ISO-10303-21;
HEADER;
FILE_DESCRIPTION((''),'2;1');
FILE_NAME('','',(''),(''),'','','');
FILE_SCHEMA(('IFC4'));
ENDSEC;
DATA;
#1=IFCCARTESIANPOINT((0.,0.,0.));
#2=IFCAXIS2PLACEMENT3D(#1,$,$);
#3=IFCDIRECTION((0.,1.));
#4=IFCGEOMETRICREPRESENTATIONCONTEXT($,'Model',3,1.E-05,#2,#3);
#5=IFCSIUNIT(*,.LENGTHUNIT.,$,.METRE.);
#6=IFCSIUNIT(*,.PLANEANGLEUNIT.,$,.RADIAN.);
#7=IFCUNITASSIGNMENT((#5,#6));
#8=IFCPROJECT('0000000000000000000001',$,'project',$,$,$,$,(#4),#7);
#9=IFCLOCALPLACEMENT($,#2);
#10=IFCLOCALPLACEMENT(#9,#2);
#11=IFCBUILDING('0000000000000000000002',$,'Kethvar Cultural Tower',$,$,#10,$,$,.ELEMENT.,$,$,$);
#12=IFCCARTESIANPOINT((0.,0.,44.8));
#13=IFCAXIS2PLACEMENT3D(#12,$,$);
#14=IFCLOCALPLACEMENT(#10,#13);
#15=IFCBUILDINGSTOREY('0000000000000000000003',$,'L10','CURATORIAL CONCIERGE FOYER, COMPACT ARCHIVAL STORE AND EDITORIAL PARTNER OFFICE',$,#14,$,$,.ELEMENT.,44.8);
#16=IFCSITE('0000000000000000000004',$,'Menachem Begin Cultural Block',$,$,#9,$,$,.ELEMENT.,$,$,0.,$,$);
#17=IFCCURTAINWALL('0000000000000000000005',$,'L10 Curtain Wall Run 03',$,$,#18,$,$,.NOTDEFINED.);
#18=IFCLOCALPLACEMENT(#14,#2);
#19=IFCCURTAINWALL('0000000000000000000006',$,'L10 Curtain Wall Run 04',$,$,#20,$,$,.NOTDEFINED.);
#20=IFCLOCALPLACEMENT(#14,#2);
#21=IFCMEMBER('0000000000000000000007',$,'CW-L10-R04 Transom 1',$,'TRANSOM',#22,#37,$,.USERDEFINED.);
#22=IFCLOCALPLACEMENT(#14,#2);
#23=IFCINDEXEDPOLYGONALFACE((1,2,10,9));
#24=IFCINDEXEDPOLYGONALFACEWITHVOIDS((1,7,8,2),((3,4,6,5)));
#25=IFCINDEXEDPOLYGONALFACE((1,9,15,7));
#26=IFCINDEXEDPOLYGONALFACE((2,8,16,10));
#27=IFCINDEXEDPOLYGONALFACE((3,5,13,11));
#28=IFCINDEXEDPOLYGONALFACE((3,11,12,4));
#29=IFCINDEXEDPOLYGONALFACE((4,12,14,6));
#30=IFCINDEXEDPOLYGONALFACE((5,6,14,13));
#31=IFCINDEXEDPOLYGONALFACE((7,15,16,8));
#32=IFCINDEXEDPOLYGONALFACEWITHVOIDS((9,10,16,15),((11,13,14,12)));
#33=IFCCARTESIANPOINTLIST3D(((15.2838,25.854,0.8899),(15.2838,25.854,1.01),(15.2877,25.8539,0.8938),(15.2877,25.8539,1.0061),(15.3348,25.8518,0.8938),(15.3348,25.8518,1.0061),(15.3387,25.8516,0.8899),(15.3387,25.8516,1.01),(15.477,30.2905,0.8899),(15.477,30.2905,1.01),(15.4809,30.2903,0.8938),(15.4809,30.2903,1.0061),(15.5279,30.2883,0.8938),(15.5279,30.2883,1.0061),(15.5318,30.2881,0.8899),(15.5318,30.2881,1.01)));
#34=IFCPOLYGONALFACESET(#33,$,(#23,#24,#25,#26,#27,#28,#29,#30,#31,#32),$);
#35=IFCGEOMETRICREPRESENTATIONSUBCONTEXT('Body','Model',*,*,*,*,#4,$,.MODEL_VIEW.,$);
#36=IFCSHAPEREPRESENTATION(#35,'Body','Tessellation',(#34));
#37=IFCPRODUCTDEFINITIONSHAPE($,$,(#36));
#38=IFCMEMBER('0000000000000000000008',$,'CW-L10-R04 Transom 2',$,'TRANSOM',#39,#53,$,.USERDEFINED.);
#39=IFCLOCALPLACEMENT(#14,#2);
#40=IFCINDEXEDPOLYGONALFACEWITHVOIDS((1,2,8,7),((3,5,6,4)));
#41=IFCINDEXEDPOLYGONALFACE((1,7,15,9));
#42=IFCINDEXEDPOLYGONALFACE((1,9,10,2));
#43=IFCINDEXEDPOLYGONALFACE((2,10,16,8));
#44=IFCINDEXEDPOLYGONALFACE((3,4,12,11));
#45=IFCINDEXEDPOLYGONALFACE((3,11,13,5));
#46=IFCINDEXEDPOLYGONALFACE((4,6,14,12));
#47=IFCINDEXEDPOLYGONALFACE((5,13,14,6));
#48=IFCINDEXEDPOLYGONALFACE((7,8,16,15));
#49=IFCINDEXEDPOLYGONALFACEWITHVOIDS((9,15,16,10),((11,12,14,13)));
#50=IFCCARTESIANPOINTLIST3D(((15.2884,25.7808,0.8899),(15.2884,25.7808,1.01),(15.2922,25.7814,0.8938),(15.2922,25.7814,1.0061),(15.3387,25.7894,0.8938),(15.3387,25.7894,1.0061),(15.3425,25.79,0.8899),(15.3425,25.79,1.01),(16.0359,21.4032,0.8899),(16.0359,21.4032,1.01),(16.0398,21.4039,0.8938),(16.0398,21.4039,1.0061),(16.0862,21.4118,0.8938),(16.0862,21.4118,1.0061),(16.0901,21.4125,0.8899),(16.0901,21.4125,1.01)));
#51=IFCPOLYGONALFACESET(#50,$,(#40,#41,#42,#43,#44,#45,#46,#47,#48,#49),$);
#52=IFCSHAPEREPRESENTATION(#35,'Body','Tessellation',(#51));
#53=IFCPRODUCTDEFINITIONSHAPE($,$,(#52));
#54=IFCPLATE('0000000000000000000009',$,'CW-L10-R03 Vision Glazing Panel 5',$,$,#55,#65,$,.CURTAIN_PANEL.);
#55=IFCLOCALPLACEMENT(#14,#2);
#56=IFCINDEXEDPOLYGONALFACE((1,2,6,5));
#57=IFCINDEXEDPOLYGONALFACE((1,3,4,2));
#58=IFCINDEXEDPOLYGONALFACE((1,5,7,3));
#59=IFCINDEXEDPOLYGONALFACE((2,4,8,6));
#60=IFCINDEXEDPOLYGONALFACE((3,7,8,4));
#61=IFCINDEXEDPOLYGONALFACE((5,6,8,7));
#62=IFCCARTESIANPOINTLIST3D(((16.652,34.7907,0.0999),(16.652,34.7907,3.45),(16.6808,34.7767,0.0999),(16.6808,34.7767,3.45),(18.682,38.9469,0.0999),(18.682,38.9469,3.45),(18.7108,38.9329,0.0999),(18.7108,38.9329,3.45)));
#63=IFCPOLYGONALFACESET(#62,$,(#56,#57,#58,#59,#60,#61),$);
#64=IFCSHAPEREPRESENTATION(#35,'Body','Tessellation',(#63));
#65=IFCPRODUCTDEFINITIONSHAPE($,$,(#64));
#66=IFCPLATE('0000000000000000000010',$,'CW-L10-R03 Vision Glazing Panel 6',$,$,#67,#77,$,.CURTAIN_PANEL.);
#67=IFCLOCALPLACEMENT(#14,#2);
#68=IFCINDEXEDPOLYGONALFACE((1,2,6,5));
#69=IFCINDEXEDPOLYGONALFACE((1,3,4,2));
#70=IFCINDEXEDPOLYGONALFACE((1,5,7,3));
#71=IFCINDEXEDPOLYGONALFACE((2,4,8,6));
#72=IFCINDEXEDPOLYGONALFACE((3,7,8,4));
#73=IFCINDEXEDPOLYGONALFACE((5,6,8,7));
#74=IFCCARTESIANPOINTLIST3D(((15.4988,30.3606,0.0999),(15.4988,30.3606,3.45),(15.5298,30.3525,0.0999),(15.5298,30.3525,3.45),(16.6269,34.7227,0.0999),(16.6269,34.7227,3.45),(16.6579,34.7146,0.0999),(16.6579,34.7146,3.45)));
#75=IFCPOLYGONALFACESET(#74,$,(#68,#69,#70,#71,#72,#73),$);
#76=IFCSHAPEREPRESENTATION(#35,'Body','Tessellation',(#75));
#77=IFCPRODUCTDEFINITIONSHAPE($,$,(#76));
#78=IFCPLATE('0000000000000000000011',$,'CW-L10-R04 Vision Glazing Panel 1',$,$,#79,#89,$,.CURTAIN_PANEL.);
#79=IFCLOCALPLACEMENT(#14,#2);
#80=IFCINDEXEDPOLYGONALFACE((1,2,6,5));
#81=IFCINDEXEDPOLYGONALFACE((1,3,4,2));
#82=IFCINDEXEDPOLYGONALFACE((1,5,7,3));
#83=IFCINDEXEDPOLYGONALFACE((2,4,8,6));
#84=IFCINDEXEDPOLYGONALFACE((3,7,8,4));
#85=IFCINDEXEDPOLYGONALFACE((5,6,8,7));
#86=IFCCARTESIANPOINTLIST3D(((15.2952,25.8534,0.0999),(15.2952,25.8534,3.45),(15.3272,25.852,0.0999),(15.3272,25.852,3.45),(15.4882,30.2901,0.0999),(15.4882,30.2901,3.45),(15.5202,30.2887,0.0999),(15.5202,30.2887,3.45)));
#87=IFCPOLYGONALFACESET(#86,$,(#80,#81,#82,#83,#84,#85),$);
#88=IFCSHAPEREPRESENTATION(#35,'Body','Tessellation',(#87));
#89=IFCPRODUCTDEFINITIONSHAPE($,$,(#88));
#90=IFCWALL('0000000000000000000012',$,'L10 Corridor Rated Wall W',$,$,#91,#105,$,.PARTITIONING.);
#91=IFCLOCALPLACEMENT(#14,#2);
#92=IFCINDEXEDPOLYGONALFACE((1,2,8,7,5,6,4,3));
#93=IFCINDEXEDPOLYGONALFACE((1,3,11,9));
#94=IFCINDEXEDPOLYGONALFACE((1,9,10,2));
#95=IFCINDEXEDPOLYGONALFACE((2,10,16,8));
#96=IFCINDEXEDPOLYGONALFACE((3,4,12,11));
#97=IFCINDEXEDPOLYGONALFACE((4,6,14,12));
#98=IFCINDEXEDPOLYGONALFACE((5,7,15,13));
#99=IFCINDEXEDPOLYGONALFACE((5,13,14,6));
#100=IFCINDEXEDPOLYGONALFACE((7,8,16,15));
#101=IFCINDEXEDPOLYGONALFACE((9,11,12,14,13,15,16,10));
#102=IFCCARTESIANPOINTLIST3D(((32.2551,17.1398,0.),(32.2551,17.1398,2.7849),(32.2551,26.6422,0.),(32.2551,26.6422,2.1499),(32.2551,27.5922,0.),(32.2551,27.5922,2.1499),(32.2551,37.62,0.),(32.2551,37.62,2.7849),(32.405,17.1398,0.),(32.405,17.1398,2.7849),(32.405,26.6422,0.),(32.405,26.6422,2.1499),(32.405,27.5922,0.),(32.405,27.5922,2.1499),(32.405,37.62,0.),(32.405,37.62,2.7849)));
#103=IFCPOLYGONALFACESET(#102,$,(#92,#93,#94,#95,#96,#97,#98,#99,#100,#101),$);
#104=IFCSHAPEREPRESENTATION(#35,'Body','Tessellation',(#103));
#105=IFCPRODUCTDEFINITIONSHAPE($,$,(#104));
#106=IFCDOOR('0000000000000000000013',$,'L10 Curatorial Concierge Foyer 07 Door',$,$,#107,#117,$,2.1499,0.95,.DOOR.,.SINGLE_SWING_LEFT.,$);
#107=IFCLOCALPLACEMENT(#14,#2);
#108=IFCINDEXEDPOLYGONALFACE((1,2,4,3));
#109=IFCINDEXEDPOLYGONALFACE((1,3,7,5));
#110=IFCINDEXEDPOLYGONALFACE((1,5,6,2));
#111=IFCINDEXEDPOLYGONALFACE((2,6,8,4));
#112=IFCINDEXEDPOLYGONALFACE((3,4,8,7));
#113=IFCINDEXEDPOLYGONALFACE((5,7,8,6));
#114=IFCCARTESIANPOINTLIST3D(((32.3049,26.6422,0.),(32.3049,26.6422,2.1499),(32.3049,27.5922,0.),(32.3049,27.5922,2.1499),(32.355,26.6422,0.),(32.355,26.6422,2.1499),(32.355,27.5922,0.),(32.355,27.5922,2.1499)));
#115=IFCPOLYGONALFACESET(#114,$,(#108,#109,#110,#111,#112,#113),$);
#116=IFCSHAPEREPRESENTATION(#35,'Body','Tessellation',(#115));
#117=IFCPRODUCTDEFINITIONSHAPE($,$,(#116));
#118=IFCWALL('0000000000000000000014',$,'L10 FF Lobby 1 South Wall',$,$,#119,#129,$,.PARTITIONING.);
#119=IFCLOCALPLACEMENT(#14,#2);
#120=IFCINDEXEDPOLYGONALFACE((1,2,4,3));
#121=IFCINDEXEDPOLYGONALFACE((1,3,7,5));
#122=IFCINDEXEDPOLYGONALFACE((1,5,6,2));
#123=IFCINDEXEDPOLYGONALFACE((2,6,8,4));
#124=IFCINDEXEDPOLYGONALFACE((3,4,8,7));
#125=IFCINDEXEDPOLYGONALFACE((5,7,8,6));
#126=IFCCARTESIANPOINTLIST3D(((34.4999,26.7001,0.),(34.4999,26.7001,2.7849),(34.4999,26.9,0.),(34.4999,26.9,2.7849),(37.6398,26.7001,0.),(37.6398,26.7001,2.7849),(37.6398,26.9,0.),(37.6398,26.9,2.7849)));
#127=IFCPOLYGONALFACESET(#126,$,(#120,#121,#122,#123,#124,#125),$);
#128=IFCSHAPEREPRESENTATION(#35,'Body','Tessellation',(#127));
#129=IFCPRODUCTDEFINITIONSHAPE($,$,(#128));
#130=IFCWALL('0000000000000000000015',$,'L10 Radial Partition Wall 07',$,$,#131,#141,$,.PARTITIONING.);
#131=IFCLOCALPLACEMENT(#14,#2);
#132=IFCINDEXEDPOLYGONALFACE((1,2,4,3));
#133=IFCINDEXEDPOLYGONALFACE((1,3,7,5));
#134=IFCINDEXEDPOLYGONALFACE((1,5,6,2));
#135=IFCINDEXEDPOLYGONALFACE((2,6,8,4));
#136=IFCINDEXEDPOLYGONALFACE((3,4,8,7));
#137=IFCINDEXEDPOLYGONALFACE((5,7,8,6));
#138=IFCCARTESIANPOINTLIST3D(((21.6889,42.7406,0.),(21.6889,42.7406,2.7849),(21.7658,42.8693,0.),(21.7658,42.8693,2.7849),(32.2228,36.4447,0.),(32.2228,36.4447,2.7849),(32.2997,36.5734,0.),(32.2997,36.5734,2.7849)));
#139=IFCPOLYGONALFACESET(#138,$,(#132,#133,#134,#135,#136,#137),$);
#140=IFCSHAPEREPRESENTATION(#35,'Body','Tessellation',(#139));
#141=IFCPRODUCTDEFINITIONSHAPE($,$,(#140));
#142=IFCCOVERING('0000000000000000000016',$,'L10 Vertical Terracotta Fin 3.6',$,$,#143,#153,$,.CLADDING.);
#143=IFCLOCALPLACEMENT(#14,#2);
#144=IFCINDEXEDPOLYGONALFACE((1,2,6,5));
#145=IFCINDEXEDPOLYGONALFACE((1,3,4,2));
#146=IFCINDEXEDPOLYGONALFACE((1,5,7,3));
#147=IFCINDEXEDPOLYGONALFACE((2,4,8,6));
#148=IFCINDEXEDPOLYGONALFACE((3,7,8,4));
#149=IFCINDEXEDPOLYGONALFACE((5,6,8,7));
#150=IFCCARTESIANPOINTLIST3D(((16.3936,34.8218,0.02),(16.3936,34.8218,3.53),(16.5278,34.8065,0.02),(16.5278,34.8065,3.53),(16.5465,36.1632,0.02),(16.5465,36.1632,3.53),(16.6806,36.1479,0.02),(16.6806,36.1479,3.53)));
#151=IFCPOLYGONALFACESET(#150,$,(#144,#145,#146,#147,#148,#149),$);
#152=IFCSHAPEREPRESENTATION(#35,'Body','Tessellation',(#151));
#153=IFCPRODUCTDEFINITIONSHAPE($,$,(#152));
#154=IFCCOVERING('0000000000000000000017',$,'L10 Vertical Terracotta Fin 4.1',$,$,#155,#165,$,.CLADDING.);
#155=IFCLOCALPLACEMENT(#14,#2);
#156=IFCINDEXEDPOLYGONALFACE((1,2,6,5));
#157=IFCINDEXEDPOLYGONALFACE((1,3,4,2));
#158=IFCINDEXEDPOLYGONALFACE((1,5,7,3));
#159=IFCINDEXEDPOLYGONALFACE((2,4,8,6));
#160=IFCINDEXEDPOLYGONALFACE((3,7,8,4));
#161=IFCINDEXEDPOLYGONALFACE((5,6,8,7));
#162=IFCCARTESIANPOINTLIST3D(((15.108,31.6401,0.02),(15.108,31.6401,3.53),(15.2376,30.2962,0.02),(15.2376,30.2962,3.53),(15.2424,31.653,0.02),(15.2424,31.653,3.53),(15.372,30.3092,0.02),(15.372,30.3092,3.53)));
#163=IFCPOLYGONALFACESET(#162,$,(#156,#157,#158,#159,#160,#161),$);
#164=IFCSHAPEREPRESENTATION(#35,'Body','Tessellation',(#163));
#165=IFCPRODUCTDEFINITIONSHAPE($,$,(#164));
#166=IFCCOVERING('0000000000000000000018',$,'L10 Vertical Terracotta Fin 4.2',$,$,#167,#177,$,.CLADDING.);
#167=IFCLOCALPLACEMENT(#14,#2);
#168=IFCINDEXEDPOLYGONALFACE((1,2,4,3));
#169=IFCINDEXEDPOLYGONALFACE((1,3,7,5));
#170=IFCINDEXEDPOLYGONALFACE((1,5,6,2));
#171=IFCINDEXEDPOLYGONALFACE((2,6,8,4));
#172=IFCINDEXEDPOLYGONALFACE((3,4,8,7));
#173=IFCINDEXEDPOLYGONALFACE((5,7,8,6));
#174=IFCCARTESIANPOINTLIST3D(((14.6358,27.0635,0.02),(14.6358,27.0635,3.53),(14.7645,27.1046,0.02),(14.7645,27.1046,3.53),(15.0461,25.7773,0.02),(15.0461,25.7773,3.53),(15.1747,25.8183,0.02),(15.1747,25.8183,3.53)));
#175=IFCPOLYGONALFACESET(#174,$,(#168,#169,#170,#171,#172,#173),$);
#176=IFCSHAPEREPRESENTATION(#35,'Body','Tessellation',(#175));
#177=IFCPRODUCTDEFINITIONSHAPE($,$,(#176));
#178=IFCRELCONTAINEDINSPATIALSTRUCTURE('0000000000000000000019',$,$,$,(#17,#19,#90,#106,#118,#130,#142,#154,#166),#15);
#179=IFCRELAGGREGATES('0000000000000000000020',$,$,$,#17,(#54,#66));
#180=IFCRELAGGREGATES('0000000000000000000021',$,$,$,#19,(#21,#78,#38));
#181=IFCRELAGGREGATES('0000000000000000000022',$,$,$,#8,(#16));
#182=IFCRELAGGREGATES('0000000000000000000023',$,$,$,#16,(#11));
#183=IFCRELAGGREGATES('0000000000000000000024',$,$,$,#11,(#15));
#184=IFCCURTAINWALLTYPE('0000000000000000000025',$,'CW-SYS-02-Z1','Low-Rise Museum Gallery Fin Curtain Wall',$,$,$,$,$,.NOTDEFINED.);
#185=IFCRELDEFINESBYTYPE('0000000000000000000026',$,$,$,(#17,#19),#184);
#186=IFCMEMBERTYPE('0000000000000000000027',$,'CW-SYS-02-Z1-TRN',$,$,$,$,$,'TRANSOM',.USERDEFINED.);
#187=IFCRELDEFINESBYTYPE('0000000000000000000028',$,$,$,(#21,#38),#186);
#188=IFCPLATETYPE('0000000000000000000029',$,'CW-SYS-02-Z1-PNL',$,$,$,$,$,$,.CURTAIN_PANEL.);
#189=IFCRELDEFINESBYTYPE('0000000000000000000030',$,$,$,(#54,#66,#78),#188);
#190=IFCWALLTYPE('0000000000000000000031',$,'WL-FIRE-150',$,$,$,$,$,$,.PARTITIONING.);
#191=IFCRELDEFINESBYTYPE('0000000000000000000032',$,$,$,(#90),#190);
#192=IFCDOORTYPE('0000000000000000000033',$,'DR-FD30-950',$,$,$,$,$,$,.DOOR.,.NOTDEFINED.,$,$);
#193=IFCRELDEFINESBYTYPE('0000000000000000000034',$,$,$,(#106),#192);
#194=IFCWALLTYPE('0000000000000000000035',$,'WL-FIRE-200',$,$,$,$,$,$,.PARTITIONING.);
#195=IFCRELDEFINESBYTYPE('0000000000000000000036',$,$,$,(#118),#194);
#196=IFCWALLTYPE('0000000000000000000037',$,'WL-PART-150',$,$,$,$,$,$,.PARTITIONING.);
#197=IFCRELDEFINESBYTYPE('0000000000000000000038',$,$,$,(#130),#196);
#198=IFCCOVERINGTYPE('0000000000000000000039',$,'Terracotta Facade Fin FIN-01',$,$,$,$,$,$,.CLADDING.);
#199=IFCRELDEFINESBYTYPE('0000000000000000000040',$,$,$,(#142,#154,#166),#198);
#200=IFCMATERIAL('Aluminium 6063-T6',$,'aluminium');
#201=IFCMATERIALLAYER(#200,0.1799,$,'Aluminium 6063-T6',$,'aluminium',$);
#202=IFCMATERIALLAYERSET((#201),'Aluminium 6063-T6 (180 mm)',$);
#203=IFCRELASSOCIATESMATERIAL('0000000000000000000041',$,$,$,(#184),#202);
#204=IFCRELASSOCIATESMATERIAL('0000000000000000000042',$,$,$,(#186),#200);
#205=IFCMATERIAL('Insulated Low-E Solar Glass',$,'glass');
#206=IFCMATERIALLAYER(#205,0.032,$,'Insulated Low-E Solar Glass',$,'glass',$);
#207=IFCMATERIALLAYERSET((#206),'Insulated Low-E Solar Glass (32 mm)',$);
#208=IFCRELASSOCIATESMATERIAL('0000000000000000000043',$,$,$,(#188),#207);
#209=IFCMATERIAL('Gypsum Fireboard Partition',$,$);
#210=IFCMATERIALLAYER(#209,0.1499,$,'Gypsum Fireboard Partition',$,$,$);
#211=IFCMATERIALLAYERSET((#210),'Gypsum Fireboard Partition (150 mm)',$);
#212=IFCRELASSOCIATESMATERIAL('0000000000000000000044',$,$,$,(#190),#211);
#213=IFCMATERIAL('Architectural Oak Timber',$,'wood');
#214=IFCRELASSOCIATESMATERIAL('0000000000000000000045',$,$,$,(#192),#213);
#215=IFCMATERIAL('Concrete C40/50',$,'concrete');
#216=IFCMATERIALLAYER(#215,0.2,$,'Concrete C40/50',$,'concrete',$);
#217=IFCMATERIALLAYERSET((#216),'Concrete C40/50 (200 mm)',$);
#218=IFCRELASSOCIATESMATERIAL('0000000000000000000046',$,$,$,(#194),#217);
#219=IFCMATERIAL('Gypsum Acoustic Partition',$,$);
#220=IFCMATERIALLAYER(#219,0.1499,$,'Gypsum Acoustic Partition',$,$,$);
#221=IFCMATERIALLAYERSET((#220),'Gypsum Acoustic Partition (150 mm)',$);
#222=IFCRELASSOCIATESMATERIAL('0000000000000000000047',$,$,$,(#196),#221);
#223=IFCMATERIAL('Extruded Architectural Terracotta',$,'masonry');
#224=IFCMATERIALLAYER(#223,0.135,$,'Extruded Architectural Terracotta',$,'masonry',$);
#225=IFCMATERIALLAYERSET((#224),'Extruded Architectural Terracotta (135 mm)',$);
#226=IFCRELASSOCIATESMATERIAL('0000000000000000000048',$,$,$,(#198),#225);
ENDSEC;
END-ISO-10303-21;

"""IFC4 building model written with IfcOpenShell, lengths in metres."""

from ifc_helpers import new_model, si_unit, direction, frame, frame_2d, origin, origin_2d, place, context, subcontext, project, spatial, rectangle, hollow_rectangle, extrude, source, transform, mapped, material, layer, layer_set, material_profile, profile_set, type_object, element, fill, aggregate, save


model = new_model("IFC4")

# Units and contexts
model_context = context("Model", 3, precision=1e-05, world=origin(), true_north=direction((0.0, 1.0)))
body_context = subcontext(model_context, "Body", "Model", "MODEL_VIEW")
ifc_project = project(units=[si_unit("LENGTHUNIT", "METRE"), si_unit("PLANEANGLEUNIT", "RADIAN")], contexts=[model_context])

# Site, building, storey
site_placement = place(None, origin())
site = spatial("IfcSite", under=ifc_project, at=site_placement, Name="Menachem Begin Cultural Block", CompositionType="ELEMENT", RefElevation=0.0)
building_placement = place(site_placement, origin())
building = spatial("IfcBuilding", under=site, at=building_placement, Name="Kethvar Cultural Tower", CompositionType="ELEMENT")
storey_placement = place(building_placement, frame((0.0, 0.0, 44.8)))
storey = spatial("IfcBuildingStorey", under=building, at=storey_placement, Name="L10", Description="CURATORIAL CONCIERGE FOYER, COMPACT ARCHIVAL STORE AND EDITORIAL PARTNER OFFICE", CompositionType="ELEMENT", Elevation=44.8)

# Curtain walls
ifc_material_1 = material(Name="Aluminium 6063-T6", Category="aluminium")
ifc_layer_1 = layer(ifc_material_1, 0.1799, Name="Aluminium 6063-T6", Category="aluminium")
ifc_layer_set_1 = layer_set([ifc_layer_1], Name="Aluminium 6063-T6 (180 mm)")
curtain_wall_type = type_object("IfcCurtainWallType", Name="CW-SYS-02-Z1", Description="Low-Rise Museum Gallery Fin Curtain Wall", PredefinedType="NOTDEFINED", material=ifc_layer_set_1)
curtain_wall_1_placement = place(storey_placement, origin())
curtain_wall_1 = element("IfcCurtainWall", 1, at=curtain_wall_1_placement, inside=storey, type_object=curtain_wall_type, Name="L10 Curtain Wall Run 03", PredefinedType="NOTDEFINED")
curtain_wall_2_placement = place(storey_placement, origin())
curtain_wall_2 = element("IfcCurtainWall", 2, at=curtain_wall_2_placement, inside=storey, type_object=curtain_wall_type, Name="L10 Curtain Wall Run 04", PredefinedType="NOTDEFINED")

# Members
ifc_material_profile_1 = material_profile(ifc_material_1, hollow_rectangle(XDim=0.0549, YDim=0.1201, WallThickness=0.0039, at=origin_2d()), Name="Aluminium 6063-T6 — RHS120x55x4")
ifc_profile_set_1 = profile_set([ifc_material_profile_1], Name="Aluminium 6063-T6 — RHS120x55x4")
member_type_1 = type_object("IfcMemberType", Name="CW-SYS-02-Z1-TRN", ElementType="TRANSOM", PredefinedType="USERDEFINED", material=ifc_profile_set_1)
shared_shape_1 = source(origin(), body_context, "Body", "SweptSolid", [
    extrude(hollow_rectangle(XDim=0.0549, YDim=0.1201, WallThickness=0.0039, at=origin_2d()), origin(), (0.0, 0.0, 1.0), 4.4407),
])
member_1_placement = place(storey_placement, frame((15.5044, 30.2893, 0.95), z_axis=(-0.043487, -0.999054, 0.0), x_axis=(0.999054, -0.043487, 0.0)))
member_1 = element("IfcMember", 3, at=member_1_placement, type_object=member_type_1, Name="CW-L10-R04 Transom 1", ObjectType="TRANSOM", PredefinedType="USERDEFINED", context=body_context, shape_type="MappedRepresentation", body=[
    mapped(shared_shape_1, transform((0.0, 0.0, 0.0), scale=1.0)),
])
shared_shape_2 = source(origin(), body_context, "Body", "SweptSolid", [
    extrude(hollow_rectangle(XDim=0.0549, YDim=0.1201, WallThickness=0.0039, at=origin_2d()), origin(), (0.0, 0.0, 1.0), 4.4409),
])
member_2_placement = place(storey_placement, frame((15.3154, 25.7854, 0.95), z_axis=(0.168338, -0.985729, 0.0), x_axis=(0.985729, 0.168338, 0.0)))
member_2 = element("IfcMember", 4, at=member_2_placement, type_object=member_type_1, Name="CW-L10-R04 Transom 2", ObjectType="TRANSOM", PredefinedType="USERDEFINED", context=body_context, shape_type="MappedRepresentation", body=[
    mapped(shared_shape_2, transform((0.0, 0.0, 0.0), scale=1.0)),
])

# Plates
ifc_material_2 = material(Name="Insulated Low-E Solar Glass", Category="glass")
ifc_layer_2 = layer(ifc_material_2, 0.032, Name="Insulated Low-E Solar Glass", Category="glass")
ifc_layer_set_2 = layer_set([ifc_layer_2], Name="Insulated Low-E Solar Glass (32 mm)")
plate_type = type_object("IfcPlateType", Name="CW-SYS-02-Z1-PNL", PredefinedType="CURTAIN_PANEL", material=ifc_layer_set_2)
shared_shape_3 = source(origin(), body_context, "Body", "SweptSolid", [
    extrude(rectangle(XDim=4.6255, YDim=0.032, at=origin_2d()), origin(), (0.0, 0.0, 1.0), 3.3501),
])
plate_1_placement = place(storey_placement, frame((17.6814, 36.8618, 0.0999), z_axis=(0.0, 0.0, 1.0), x_axis=(-0.438873, -0.898549, 0.0)))
plate_1 = element("IfcPlate", 5, at=plate_1_placement, type_object=plate_type, Name="CW-L10-R03 Vision Glazing Panel 5", PredefinedType="CURTAIN_PANEL", context=body_context, shape_type="MappedRepresentation", body=[
    mapped(shared_shape_3, transform((0.0, 0.0, 0.0), scale=1.0)),
])
shared_shape_4 = source(origin(), body_context, "Body", "SweptSolid", [
    extrude(rectangle(XDim=4.5056, YDim=0.032, at=origin_2d()), origin(), (0.0, 0.0, 1.0), 3.3501),
])
plate_2_placement = place(storey_placement, frame((16.0784, 32.5376, 0.0999), z_axis=(0.0, 0.0, 1.0), x_axis=(-0.25038, -0.968148, 0.0)))
plate_2 = element("IfcPlate", 6, at=plate_2_placement, type_object=plate_type, Name="CW-L10-R03 Vision Glazing Panel 6", PredefinedType="CURTAIN_PANEL", context=body_context, shape_type="MappedRepresentation", body=[
    mapped(shared_shape_4, transform((0.0, 0.0, 0.0), scale=1.0)),
])
aggregate(curtain_wall_1, [plate_1, plate_2])
shared_shape_5 = source(origin(), body_context, "Body", "SweptSolid", [
    extrude(rectangle(XDim=4.4409, YDim=0.032, at=origin_2d()), origin(), (0.0, 0.0, 1.0), 3.3501),
])
plate_3_placement = place(storey_placement, frame((15.4077, 28.071, 0.0999), z_axis=(0.0, 0.0, 1.0), x_axis=(-0.043462, -0.999055, 0.0)))
plate_3 = element("IfcPlate", 7, at=plate_3_placement, type_object=plate_type, Name="CW-L10-R04 Vision Glazing Panel 1", PredefinedType="CURTAIN_PANEL", context=body_context, shape_type="MappedRepresentation", body=[
    mapped(shared_shape_5, transform((0.0, 0.0, 0.0), scale=1.0)),
])
aggregate(curtain_wall_2, [member_1, plate_3, member_2])

# Wall, opening, door
ifc_material_3 = material(Name="Gypsum Fireboard Partition")
ifc_layer_3 = layer(ifc_material_3, 0.1499, Name="Gypsum Fireboard Partition")
ifc_layer_set_3 = layer_set([ifc_layer_3], Name="Gypsum Fireboard Partition (150 mm)")
wall_type_1 = type_object("IfcWallType", Name="WL-FIRE-150", PredefinedType="PARTITIONING", material=ifc_layer_set_3)
wall_1_placement = place(storey_placement, frame((32.3301, 37.6201, 0.0), z_axis=(0.0, 0.0, 1.0), x_axis=(0.0, -1.0, 0.0)))
wall_1 = element("IfcWall", 8, at=wall_1_placement, inside=storey, type_object=wall_type_1, Name="L10 Corridor Rated Wall W", PredefinedType="PARTITIONING", context=body_context, shape_type="SweptSolid", body=[
    extrude(rectangle(XDim=20.4802, YDim=0.1499, at=frame_2d((10.2402, 0.0))), origin(), (0.0, 0.0, 1.0), 2.7849),
])
opening_placement = place(wall_1_placement, frame((10.0278, 0.0, 0.0)))
opening = element("IfcOpeningElement", 9, at=opening_placement, cuts=wall_1, PredefinedType="OPENING", context=body_context, shape_type="SweptSolid", body=[
    extrude(rectangle(XDim=0.95, YDim=2.1499, at=frame_2d((0.4751, 1.075))), frame((0.0, 0.085, 0.0), z_axis=(0.0, -1.0, 0.0), x_axis=(1.0, 0.0, 0.0)), (0.0, 0.0, 1.0), 0.1699),
])
ifc_material_4 = material(Name="Architectural Oak Timber", Category="wood")
door_type = type_object("IfcDoorType", Name="DR-FD30-950", OperationType="NOTDEFINED", PredefinedType="DOOR", material=ifc_material_4)
shared_shape_6 = source(origin(), body_context, "Body", "SweptSolid", [
    extrude(rectangle(XDim=0.95, YDim=2.1499, at=frame_2d((0.4751, 1.075))), frame((0.0, 0.0249, 0.0), z_axis=(0.0, -1.0, 0.0), x_axis=(1.0, 0.0, 0.0)), (0.0, 0.0, 1.0), 0.05),
])
door_placement = place(opening_placement, origin())
door = element("IfcDoor", 10, at=door_placement, inside=storey, type_object=door_type, Name="L10 Curatorial Concierge Foyer 07 Door", OperationType="SINGLE_SWING_LEFT", OverallHeight=2.1499, OverallWidth=0.95, PredefinedType="DOOR", context=body_context, shape_type="MappedRepresentation", body=[
    mapped(shared_shape_6, transform((0.0, 0.0, 0.0), scale=1.0)),
])
fill(opening, door)

# Walls
ifc_material_5 = material(Name="Concrete C40/50", Category="concrete")
ifc_layer_4 = layer(ifc_material_5, 0.2, Name="Concrete C40/50", Category="concrete")
ifc_layer_set_4 = layer_set([ifc_layer_4], Name="Concrete C40/50 (200 mm)")
wall_type_2 = type_object("IfcWallType", Name="WL-FIRE-200", PredefinedType="PARTITIONING", material=ifc_layer_set_4)
wall_2_placement = place(storey_placement, frame((34.5, 26.8, 0.0), z_axis=(0.0, 0.0, 1.0), x_axis=(1.0, 0.0, 0.0)))
element("IfcWall", 11, at=wall_2_placement, inside=storey, type_object=wall_type_2, Name="L10 FF Lobby 1 South Wall", PredefinedType="PARTITIONING", context=body_context, shape_type="SweptSolid", body=[
    extrude(rectangle(XDim=3.1399, YDim=0.2, at=frame_2d((1.5698, 0.0))), origin(), (0.0, 0.0, 1.0), 2.7849),
])
ifc_material_6 = material(Name="Gypsum Acoustic Partition")
ifc_layer_5 = layer(ifc_material_6, 0.1499, Name="Gypsum Acoustic Partition")
ifc_layer_set_5 = layer_set([ifc_layer_5], Name="Gypsum Acoustic Partition (150 mm)")
wall_type_3 = type_object("IfcWallType", Name="WL-PART-150", PredefinedType="PARTITIONING", material=ifc_layer_set_5)
wall_3_placement = place(storey_placement, frame((32.2612, 36.509, 0.0), z_axis=(0.0, 0.0, 1.0), x_axis=(-0.858371, 0.513029, 0.0)))
element("IfcWall", 12, at=wall_3_placement, inside=storey, type_object=wall_type_3, Name="L10 Radial Partition Wall 07", PredefinedType="PARTITIONING", context=body_context, shape_type="SweptSolid", body=[
    extrude(rectangle(XDim=12.272, YDim=0.1499, at=frame_2d((6.136, 0.0))), origin(), (0.0, 0.0, 1.0), 2.7849),
])

# Coverings
ifc_material_7 = material(Name="Extruded Architectural Terracotta", Category="masonry")
ifc_layer_6 = layer(ifc_material_7, 0.135, Name="Extruded Architectural Terracotta", Category="masonry")
ifc_layer_set_6 = layer_set([ifc_layer_6], Name="Extruded Architectural Terracotta (135 mm)")
covering_type = type_object("IfcCoveringType", Name="Terracotta Facade Fin FIN-01", PredefinedType="CLADDING", material=ifc_layer_set_6)
shared_shape_7 = source(origin(), body_context, "Body", "SweptSolid", [
    extrude(rectangle(XDim=1.3501, YDim=0.135, at=origin_2d()), origin(), (0.0, 0.0, 1.0), 3.51),
])
for number, where, z_axis, x_axis, name in (
    (13, (16.5371, 35.4849, 0.02), (0.0, 0.0, 1.0), (0.113203, 0.993572, 0.0), "L10 Vertical Terracotta Fin 3.6"),
    (14, (15.24, 30.9746, 0.02), (0.0, 0.0, 1.0), (-0.096019, 0.995379, 0.0), "L10 Vertical Terracotta Fin 4.1"),
    (15, (14.9053, 26.4409, 0.02), (0.0, 0.0, 1.0), (-0.303867, 0.952715, 0.0), "L10 Vertical Terracotta Fin 4.2"),
):
    element("IfcCovering", number, at=place(storey_placement, frame(where, z_axis=z_axis, x_axis=x_axis)), inside=storey, type_object=covering_type, Name=name, PredefinedType="CLADDING", context=body_context, shape_type="MappedRepresentation", body=[
        mapped(shared_shape_7, transform((0.0, 0.0, 0.0), scale=1.0)),
    ])

save(model, "model.ifc")
